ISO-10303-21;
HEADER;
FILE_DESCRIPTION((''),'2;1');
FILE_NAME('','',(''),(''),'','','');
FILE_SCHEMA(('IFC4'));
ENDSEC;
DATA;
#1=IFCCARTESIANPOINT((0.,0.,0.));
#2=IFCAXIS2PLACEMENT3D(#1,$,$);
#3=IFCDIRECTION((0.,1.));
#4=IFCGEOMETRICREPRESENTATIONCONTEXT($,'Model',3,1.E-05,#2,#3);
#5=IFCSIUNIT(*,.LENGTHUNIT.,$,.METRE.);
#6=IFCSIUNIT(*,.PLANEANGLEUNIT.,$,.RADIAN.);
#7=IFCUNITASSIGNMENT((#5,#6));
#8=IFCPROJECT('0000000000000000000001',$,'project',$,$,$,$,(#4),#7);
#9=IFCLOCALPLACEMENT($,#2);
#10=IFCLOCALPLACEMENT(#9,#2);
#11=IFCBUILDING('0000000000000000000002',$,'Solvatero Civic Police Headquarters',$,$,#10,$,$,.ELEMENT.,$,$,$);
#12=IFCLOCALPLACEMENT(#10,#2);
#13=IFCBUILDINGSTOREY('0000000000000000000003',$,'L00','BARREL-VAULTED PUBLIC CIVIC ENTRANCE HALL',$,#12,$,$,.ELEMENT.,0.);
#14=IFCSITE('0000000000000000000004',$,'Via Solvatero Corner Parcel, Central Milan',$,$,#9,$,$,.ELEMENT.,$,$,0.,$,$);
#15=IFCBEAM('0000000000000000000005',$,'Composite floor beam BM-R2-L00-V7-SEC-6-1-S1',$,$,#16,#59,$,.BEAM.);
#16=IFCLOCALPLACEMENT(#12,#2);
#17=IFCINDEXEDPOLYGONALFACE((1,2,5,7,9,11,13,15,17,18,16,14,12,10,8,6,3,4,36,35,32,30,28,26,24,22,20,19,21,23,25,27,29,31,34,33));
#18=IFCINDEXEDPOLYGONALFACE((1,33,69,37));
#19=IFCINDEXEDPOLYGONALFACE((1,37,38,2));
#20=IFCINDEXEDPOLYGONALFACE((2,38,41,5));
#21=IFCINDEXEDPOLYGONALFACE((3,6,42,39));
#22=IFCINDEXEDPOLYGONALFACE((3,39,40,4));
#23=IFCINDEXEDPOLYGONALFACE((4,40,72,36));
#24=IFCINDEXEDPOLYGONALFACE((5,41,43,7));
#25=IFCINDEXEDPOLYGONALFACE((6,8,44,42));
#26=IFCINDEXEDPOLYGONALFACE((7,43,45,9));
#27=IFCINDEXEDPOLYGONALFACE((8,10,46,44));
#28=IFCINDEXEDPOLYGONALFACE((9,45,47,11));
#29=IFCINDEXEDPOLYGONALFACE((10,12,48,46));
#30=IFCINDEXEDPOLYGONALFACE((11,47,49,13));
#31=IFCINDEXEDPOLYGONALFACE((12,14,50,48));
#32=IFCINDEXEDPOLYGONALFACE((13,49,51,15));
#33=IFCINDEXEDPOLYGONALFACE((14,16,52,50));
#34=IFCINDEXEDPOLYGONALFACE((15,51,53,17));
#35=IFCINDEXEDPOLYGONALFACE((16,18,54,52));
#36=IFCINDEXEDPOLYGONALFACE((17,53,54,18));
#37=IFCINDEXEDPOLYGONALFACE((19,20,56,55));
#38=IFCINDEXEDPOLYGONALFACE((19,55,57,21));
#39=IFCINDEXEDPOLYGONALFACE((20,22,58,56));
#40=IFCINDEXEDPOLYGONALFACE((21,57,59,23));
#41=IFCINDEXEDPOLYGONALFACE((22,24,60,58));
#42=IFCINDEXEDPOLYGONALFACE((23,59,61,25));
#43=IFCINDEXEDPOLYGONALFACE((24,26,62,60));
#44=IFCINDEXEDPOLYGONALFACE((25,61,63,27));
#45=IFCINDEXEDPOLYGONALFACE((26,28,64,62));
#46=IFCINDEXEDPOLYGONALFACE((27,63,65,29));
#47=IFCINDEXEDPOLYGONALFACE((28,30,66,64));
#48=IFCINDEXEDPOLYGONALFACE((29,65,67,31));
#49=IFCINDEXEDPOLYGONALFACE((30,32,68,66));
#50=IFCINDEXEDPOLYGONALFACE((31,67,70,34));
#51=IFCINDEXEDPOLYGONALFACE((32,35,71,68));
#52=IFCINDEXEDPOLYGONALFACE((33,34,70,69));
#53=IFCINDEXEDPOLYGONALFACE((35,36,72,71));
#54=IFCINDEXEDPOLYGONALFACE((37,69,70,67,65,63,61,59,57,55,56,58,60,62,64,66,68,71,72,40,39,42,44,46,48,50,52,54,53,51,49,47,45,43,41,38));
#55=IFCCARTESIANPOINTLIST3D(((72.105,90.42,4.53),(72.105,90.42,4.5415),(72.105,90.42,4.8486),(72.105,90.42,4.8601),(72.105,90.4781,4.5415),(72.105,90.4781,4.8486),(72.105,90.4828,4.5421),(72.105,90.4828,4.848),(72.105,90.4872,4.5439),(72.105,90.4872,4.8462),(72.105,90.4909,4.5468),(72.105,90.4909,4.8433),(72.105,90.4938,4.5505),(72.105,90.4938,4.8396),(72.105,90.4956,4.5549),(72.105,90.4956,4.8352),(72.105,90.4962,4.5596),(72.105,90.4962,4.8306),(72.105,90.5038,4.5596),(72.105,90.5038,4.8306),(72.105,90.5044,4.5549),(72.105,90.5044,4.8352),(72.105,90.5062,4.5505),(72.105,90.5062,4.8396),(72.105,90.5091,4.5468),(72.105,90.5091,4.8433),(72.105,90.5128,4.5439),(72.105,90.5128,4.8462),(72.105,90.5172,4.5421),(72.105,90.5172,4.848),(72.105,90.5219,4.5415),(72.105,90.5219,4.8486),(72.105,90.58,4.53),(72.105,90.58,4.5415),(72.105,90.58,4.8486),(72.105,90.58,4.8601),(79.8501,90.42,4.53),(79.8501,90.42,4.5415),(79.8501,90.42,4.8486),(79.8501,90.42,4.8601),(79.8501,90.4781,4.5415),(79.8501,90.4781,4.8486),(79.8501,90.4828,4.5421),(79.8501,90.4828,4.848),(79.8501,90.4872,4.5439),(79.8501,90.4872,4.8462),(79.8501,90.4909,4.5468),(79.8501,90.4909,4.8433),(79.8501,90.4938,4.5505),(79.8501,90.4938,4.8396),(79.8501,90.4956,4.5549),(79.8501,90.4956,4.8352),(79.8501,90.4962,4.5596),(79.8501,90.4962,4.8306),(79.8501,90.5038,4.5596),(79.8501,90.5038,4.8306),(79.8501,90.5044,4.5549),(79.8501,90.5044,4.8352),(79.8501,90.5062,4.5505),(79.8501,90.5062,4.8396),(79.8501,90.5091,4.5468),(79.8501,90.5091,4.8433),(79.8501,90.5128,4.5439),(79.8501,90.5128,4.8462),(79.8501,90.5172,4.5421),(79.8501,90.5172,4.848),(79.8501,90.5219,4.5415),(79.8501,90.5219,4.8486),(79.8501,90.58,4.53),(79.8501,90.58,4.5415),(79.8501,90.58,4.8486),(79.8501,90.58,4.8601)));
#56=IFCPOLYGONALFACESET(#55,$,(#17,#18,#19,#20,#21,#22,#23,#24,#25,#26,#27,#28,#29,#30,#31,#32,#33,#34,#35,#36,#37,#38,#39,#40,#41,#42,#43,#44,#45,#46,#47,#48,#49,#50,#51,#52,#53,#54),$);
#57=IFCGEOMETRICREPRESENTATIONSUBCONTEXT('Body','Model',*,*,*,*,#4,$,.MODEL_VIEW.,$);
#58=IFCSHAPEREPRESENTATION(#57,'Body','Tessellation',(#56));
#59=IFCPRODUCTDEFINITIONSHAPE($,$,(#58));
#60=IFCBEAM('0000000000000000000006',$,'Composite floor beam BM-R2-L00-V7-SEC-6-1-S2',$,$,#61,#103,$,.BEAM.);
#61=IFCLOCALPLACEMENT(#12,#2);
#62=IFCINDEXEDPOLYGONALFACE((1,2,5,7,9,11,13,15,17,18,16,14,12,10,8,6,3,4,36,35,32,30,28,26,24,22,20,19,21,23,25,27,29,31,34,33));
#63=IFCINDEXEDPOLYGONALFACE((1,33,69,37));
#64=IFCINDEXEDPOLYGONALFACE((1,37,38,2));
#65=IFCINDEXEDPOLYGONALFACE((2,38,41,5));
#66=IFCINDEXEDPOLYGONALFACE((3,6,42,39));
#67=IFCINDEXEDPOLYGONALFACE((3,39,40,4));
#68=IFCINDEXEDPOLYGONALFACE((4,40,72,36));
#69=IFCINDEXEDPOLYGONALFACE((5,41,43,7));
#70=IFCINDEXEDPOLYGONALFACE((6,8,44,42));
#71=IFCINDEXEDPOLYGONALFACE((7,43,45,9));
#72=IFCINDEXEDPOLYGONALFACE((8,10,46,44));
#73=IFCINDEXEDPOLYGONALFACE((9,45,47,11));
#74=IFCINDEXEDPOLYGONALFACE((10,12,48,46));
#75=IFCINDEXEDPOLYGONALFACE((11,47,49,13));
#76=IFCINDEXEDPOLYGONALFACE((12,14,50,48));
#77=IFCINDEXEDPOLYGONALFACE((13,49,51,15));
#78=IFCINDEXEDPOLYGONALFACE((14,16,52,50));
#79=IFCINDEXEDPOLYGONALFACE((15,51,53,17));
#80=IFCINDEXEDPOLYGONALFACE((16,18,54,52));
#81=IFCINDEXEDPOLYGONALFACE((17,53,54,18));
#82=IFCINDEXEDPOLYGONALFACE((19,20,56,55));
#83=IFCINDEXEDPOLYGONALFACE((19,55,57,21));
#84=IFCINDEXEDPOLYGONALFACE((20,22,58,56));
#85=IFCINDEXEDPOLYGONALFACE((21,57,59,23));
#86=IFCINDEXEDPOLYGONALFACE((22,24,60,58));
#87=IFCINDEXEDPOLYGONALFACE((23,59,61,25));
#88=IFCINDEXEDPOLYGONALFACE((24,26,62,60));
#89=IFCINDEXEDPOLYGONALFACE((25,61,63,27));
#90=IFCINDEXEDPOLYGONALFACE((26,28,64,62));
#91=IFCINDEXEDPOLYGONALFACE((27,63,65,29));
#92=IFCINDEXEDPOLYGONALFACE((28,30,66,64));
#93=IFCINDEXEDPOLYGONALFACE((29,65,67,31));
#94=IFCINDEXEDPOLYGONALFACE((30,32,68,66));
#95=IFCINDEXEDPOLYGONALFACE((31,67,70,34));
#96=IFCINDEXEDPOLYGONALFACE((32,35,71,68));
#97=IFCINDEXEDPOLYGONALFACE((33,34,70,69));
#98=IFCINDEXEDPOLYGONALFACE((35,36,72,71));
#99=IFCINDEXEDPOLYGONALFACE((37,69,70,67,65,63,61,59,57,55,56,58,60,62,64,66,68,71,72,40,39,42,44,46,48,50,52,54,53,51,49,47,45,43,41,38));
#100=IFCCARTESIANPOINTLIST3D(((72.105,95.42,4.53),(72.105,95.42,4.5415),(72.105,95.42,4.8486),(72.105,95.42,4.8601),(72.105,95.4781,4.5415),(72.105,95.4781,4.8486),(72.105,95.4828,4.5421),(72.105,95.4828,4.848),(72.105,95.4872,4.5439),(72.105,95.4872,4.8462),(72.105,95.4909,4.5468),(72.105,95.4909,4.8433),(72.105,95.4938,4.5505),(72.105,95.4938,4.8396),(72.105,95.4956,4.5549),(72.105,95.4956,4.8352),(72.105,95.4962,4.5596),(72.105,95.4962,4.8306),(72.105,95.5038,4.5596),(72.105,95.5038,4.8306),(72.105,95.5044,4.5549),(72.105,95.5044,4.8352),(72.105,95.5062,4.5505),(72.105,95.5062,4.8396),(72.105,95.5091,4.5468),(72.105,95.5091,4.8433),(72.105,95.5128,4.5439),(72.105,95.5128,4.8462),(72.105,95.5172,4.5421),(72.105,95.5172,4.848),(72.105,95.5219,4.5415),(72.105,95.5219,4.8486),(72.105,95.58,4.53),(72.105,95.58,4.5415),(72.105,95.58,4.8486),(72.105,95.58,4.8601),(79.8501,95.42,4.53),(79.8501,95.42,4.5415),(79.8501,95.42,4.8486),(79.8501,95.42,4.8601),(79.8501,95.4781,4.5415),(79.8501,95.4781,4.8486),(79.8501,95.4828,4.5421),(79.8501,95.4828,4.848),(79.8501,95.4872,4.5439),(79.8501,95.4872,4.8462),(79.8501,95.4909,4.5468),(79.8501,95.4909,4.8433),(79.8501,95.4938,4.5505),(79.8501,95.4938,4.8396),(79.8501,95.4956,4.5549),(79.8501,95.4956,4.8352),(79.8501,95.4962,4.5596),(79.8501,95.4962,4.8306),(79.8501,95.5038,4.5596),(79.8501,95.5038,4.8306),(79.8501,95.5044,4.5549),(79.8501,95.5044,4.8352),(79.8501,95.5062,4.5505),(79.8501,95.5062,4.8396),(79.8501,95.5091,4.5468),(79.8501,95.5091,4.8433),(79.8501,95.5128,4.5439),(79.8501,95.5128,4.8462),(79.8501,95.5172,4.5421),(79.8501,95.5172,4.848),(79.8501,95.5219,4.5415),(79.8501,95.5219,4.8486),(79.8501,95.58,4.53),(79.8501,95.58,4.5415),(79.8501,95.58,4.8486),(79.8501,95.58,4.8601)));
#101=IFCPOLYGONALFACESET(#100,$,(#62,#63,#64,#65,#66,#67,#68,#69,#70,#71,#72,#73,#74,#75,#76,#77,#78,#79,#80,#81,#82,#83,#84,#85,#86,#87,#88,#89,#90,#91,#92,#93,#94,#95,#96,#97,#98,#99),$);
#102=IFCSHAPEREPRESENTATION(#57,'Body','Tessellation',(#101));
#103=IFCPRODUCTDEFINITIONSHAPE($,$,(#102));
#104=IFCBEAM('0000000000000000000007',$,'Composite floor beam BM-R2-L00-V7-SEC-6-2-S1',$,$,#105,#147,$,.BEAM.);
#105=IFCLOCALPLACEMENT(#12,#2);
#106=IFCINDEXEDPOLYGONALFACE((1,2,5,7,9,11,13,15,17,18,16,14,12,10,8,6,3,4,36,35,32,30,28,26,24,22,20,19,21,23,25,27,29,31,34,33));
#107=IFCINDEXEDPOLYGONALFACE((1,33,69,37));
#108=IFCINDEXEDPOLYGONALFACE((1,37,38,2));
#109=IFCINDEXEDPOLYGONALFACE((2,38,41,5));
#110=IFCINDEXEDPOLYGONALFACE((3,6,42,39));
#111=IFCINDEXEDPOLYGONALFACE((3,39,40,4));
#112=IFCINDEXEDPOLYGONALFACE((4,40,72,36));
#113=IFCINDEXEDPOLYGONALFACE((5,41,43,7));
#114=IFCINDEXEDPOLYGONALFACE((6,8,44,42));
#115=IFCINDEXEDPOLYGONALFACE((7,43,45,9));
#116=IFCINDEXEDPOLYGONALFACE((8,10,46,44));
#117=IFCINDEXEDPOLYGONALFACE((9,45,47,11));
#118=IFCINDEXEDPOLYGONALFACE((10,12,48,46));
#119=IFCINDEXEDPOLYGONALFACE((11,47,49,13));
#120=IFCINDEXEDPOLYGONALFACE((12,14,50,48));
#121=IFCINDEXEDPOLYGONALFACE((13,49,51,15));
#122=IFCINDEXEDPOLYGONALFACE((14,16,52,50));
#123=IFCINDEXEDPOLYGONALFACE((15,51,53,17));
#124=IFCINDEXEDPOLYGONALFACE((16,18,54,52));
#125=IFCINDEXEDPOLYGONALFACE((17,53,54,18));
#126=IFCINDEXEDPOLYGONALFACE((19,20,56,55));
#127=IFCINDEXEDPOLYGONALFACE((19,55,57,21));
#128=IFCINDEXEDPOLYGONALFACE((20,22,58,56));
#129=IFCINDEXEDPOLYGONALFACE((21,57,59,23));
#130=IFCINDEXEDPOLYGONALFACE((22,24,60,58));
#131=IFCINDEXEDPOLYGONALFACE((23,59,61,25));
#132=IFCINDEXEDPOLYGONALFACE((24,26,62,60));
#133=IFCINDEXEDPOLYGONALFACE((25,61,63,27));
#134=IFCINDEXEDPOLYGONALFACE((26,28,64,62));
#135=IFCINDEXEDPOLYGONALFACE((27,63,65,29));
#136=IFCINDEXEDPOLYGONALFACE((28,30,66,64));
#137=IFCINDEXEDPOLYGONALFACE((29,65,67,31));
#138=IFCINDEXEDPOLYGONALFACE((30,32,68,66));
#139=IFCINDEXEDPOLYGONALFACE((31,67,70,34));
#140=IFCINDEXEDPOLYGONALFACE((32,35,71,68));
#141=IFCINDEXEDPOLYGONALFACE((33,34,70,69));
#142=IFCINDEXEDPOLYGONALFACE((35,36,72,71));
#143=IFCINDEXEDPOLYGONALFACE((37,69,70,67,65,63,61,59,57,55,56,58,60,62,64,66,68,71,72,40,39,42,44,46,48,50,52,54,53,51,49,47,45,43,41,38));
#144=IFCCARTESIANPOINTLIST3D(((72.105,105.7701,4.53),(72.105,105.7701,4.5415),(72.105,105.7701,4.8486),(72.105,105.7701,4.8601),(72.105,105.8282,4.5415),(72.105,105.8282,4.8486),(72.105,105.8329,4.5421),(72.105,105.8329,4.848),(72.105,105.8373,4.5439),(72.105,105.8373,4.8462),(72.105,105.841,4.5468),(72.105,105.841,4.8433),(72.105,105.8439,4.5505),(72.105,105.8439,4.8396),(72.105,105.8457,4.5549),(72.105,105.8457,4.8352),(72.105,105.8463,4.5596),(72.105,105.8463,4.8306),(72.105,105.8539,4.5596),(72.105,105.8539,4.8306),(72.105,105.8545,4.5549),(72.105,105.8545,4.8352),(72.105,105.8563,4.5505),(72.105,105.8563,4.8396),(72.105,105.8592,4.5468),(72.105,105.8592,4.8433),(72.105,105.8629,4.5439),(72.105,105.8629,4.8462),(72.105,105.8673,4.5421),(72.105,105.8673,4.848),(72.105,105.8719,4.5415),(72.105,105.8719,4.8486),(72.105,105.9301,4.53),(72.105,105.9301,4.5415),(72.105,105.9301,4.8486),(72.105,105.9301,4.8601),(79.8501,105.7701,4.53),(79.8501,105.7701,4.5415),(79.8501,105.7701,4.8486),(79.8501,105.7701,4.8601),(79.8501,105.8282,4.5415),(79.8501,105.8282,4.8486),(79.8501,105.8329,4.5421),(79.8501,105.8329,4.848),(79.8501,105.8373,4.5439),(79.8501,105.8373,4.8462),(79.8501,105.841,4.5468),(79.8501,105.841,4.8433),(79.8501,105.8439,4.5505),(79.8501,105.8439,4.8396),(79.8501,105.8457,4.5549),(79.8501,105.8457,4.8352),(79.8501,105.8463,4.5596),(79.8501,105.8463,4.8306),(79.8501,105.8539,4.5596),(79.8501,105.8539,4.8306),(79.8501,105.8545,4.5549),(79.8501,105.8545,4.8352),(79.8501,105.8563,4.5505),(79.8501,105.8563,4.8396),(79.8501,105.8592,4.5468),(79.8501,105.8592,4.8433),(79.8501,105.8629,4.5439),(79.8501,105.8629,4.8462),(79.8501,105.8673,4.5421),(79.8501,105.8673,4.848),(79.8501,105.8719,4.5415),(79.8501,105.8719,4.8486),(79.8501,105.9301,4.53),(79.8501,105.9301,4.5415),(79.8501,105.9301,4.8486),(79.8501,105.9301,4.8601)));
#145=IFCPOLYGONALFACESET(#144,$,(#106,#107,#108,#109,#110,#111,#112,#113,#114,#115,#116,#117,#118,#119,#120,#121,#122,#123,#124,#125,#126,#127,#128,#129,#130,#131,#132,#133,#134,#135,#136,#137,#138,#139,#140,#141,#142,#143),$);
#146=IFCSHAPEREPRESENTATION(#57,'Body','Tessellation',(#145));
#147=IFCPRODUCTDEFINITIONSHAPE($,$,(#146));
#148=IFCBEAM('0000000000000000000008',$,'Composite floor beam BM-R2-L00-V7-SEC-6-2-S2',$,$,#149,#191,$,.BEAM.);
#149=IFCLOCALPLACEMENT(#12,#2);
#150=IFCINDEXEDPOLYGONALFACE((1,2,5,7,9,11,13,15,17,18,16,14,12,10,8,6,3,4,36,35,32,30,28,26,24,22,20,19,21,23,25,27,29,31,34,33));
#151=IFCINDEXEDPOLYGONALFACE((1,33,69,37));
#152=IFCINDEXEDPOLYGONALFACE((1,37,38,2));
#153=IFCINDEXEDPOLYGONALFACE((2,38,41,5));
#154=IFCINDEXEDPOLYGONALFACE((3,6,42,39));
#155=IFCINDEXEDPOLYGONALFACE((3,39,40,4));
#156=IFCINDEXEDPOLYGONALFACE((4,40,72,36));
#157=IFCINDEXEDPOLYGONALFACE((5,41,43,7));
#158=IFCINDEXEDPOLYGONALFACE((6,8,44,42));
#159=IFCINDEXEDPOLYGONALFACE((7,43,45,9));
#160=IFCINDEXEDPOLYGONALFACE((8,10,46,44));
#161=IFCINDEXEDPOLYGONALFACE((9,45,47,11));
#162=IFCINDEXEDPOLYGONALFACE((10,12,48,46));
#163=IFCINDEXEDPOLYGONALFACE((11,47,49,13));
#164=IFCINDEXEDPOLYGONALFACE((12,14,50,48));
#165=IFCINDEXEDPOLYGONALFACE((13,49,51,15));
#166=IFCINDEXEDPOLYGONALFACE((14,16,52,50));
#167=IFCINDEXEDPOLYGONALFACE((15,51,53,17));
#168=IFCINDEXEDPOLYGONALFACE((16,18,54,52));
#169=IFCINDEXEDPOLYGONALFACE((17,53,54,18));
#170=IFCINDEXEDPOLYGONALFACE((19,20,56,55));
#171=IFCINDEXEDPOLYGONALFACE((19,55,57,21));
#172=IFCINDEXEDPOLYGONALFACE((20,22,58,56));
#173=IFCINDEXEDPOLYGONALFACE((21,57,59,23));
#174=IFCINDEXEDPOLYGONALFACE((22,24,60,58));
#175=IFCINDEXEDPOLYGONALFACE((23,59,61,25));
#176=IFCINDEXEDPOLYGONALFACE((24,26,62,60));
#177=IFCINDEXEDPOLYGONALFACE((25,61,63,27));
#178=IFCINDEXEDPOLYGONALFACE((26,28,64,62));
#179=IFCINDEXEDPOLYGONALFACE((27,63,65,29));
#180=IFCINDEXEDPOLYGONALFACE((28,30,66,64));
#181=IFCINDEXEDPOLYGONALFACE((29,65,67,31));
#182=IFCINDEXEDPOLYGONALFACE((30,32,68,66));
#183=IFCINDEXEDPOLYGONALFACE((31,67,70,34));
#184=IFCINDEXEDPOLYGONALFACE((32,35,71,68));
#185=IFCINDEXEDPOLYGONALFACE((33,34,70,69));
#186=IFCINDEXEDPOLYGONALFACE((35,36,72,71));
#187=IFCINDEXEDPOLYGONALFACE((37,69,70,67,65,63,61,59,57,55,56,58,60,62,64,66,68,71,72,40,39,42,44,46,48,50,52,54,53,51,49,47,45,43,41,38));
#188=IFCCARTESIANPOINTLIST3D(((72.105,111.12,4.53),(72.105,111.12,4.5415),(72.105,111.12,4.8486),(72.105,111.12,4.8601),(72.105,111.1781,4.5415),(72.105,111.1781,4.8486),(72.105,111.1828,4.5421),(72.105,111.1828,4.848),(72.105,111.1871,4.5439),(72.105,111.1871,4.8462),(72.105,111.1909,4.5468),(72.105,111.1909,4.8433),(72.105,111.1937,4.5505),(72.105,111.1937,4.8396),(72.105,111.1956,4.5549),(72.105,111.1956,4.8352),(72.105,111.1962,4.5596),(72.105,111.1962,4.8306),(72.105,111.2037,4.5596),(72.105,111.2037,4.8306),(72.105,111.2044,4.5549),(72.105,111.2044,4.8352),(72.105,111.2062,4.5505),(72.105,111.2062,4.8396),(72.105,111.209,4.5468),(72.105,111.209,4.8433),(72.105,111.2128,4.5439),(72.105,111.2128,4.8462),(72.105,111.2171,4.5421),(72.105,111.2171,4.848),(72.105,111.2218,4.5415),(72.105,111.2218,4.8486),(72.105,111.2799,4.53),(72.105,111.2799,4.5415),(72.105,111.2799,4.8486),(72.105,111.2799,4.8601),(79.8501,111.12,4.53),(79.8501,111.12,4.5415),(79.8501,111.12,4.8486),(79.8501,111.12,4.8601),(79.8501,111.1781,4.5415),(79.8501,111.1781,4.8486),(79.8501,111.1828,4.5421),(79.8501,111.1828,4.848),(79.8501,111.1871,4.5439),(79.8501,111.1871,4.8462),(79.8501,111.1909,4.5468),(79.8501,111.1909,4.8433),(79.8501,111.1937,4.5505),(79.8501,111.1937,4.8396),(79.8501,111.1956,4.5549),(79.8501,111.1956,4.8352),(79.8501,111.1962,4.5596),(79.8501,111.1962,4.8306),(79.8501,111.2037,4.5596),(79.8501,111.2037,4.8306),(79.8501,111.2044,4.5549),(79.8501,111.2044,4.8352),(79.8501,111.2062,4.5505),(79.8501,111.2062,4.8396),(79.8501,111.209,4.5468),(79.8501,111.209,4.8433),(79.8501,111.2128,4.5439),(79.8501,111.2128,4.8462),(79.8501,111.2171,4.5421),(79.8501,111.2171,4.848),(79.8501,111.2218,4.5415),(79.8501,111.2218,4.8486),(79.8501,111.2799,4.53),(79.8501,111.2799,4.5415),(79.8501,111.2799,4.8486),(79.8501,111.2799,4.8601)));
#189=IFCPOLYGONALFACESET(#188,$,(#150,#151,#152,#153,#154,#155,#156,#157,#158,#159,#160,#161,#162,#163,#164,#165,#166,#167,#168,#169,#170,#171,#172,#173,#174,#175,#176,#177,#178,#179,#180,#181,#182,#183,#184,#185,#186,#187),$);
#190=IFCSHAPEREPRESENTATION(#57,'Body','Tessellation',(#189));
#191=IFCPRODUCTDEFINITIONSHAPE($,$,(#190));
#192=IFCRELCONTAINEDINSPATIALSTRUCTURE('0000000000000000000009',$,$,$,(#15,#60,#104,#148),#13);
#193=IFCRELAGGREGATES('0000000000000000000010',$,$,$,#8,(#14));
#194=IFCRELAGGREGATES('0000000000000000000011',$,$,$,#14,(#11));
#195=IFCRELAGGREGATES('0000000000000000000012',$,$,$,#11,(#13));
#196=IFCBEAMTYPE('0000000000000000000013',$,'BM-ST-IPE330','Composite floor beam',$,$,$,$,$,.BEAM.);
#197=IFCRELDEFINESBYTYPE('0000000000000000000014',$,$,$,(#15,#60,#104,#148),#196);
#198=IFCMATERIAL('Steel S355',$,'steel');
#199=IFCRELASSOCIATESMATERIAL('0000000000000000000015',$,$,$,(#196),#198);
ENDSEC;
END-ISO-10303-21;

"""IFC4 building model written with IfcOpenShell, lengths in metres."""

from ifc_helpers import new_model, si_unit, direction, frame, origin, origin_2d, place, context, subcontext, project, spatial, i_section, extrude, material, material_profile, profile_set, type_object, element, save


model = new_model("IFC4")

# Units and contexts
model_context = context("Model", 3, precision=1e-05, world=origin(), true_north=direction((0.0, 1.0)))
body_context = subcontext(model_context, "Body", "Model", "MODEL_VIEW")
ifc_project = project(units=[si_unit("LENGTHUNIT", "METRE"), si_unit("PLANEANGLEUNIT", "RADIAN")], contexts=[model_context])

# Site, building, storey
site_placement = place(None, origin())
site = spatial("IfcSite", under=ifc_project, at=site_placement, Name="Via Solvatero Corner Parcel, Central Milan", CompositionType="ELEMENT", RefElevation=0.0)
building_placement = place(site_placement, origin())
building = spatial("IfcBuilding", under=site, at=building_placement, Name="Solvatero Civic Police Headquarters", CompositionType="ELEMENT")
storey_placement = place(building_placement, origin())
storey = spatial("IfcBuildingStorey", under=building, at=storey_placement, Name="L00", Description="BARREL-VAULTED PUBLIC CIVIC ENTRANCE HALL", CompositionType="ELEMENT", Elevation=0.0)

# Beams
ifc_material_1 = material(Name="Steel S355", Category="steel")
ifc_material_profile_1 = material_profile(ifc_material_1, i_section(OverallWidth=0.1599, OverallDepth=0.3301, WebThickness=0.0076, FlangeThickness=0.0115, FilletRadius=0.0181, at=origin_2d()), Name="IPE 330")
ifc_profile_set_1 = profile_set([ifc_material_profile_1], Name="Steel S355")
beam_type_1 = type_object("IfcBeamType", Name="BM-ST-IPE330", Description="Composite floor beam", PredefinedType="BEAM", material=ifc_profile_set_1)
for number, where, z_axis, x_axis, name in (
    (1, (72.105, 90.5, 4.6951), (1.0, 0.0, 0.0), (0.0, 1.0, 0.0), "Composite floor beam BM-R2-L00-V7-SEC-6-1-S1"),
    (2, (72.105, 95.5, 4.6951), (1.0, 0.0, 0.0), (0.0, 1.0, 0.0), "Composite floor beam BM-R2-L00-V7-SEC-6-1-S2"),
    (3, (72.105, 105.8501, 4.6951), (1.0, 0.0, 0.0), (0.0, 1.0, 0.0), "Composite floor beam BM-R2-L00-V7-SEC-6-2-S1"),
    (4, (72.105, 111.2, 4.6951), (1.0, 0.0, 0.0), (0.0, 1.0, 0.0), "Composite floor beam BM-R2-L00-V7-SEC-6-2-S2"),
):
    element("IfcBeam", number, at=place(storey_placement, frame(where, z_axis=z_axis, x_axis=x_axis)), inside=storey, type_object=beam_type_1, Name=name, PredefinedType="BEAM", context=body_context, shape_type="SweptSolid", body=[
        extrude(i_section(OverallWidth=0.1599, OverallDepth=0.3301, WebThickness=0.0076, FlangeThickness=0.0115, FilletRadius=0.0181, at=origin_2d()), origin(), (0.0, 0.0, 1.0), 7.7451),
    ])

save(model, "model.ifc")
